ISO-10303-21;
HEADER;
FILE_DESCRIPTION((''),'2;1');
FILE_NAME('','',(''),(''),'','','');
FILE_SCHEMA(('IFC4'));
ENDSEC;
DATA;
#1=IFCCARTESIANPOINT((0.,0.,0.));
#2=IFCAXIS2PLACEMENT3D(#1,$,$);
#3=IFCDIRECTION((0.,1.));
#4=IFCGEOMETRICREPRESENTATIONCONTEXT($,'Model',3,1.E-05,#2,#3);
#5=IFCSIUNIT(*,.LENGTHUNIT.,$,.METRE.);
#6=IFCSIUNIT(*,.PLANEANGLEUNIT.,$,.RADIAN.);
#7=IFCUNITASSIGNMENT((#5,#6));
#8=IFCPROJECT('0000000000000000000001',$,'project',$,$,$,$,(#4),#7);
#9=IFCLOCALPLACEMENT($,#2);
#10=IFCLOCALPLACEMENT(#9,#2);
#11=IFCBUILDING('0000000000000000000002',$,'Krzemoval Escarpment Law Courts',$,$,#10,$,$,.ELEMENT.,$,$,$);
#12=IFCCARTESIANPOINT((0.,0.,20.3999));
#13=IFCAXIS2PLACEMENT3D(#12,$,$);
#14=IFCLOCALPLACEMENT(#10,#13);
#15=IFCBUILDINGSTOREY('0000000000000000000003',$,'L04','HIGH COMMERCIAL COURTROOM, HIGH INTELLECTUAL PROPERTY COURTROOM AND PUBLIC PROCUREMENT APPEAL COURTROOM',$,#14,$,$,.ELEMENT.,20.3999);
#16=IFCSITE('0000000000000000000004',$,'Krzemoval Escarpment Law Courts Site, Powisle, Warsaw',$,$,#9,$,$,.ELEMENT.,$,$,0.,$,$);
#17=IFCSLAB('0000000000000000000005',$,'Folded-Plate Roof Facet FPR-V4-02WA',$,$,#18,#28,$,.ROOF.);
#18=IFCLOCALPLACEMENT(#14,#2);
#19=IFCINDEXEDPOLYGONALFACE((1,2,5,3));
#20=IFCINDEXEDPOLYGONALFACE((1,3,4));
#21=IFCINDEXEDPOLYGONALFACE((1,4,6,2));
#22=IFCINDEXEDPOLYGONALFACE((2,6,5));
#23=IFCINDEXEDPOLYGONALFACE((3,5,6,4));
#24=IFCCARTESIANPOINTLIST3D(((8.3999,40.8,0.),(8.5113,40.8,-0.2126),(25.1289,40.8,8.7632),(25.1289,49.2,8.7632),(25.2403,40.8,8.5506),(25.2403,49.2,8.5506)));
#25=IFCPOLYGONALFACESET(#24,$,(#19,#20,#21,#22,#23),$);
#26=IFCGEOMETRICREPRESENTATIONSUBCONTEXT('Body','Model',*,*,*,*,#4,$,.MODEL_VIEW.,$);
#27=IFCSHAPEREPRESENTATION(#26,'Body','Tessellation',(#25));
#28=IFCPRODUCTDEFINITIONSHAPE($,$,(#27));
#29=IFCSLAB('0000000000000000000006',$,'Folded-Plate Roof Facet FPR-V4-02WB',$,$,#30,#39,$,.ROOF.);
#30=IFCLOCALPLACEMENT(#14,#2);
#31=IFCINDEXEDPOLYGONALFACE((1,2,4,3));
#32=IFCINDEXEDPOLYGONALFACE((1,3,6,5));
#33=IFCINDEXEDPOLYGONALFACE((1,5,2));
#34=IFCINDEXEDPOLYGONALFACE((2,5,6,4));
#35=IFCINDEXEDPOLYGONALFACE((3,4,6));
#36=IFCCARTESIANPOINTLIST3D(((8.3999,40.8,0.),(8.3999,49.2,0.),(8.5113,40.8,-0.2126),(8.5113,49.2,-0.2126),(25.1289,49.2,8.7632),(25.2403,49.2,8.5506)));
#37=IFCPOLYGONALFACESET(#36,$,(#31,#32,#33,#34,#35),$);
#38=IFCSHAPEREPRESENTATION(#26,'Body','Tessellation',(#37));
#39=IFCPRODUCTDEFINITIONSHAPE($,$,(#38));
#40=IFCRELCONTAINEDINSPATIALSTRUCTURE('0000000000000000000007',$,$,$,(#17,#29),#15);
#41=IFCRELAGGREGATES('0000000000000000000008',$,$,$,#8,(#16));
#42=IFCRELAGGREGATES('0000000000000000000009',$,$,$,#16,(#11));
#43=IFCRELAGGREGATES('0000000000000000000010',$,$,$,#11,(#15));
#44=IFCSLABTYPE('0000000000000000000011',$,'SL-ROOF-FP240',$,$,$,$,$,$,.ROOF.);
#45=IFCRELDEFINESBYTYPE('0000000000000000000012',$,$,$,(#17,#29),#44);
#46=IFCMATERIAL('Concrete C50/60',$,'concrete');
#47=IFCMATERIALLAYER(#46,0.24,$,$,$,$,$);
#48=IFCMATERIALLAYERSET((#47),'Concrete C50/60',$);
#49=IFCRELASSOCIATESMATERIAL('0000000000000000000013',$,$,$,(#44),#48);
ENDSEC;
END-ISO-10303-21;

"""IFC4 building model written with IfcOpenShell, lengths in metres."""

from ifc_helpers import new_model, si_unit, direction, frame, origin, place, context, subcontext, project, spatial, polyline, outline, extrude, material, layer, layer_set, type_object, element, save


model = new_model("IFC4")

# Units and contexts
model_context = context("Model", 3, precision=1e-05, world=origin(), true_north=direction((0.0, 1.0)))
body_context = subcontext(model_context, "Body", "Model", "MODEL_VIEW")
ifc_project = project(units=[si_unit("LENGTHUNIT", "METRE"), si_unit("PLANEANGLEUNIT", "RADIAN")], contexts=[model_context])

# Site, building, storey
site_placement = place(None, origin())
site = spatial("IfcSite", under=ifc_project, at=site_placement, Name="Krzemoval Escarpment Law Courts Site, Powisle, Warsaw", CompositionType="ELEMENT", RefElevation=0.0)
building_placement = place(site_placement, origin())
building = spatial("IfcBuilding", under=site, at=building_placement, Name="Krzemoval Escarpment Law Courts", CompositionType="ELEMENT")
storey_placement = place(building_placement, frame((0.0, 0.0, 20.3999)))
storey = spatial("IfcBuildingStorey", under=building, at=storey_placement, Name="L04", Description="HIGH COMMERCIAL COURTROOM, HIGH INTELLECTUAL PROPERTY COURTROOM AND PUBLIC PROCUREMENT APPEAL COURTROOM", CompositionType="ELEMENT", Elevation=20.3999)

# Slabs
ifc_material_1 = material(Name="Concrete C50/60", Category="concrete")
ifc_layer_1 = layer(ifc_material_1, 0.24)
ifc_layer_set_1 = layer_set([ifc_layer_1], Name="Concrete C50/60")
slab_type = type_object("IfcSlabType", Name="SL-ROOF-FP240", PredefinedType="ROOF", material=ifc_layer_set_1)
slab_1_placement = place(storey_placement, frame((8.3999, 40.8, 0.0), z_axis=(-0.464022, 0.0, 0.885823), x_axis=(0.885823, 0.0, 0.464022)))
element("IfcSlab", 1, at=slab_1_placement, inside=storey, type_object=slab_type, Name="Folded-Plate Roof Facet FPR-V4-02WA", PredefinedType="ROOF", context=body_context, shape_type="SweptSolid", body=[
    extrude(outline(polyline([(0.0, 0.0), (18.8853, 0.0), (18.8853, 8.3999), (0.0, 0.0)])), origin(), (0.0, 0.0, -1.0), 0.24),
])
slab_2_placement = place(storey_placement, frame((8.3999, 40.8, 0.0), z_axis=(-0.464022, 0.0, 0.885823), x_axis=(0.809373, 0.406399, 0.423975)))
element("IfcSlab", 2, at=slab_2_placement, inside=storey, type_object=slab_type, Name="Folded-Plate Roof Facet FPR-V4-02WB", PredefinedType="ROOF", context=body_context, shape_type="SweptSolid", body=[
    extrude(outline(polyline([(0.0, 0.0), (20.6691, 0.0), (3.4137, 7.675), (0.0, 0.0)])), origin(), (0.0, 0.0, -1.0), 0.24),
])

save(model, "model.ifc")
